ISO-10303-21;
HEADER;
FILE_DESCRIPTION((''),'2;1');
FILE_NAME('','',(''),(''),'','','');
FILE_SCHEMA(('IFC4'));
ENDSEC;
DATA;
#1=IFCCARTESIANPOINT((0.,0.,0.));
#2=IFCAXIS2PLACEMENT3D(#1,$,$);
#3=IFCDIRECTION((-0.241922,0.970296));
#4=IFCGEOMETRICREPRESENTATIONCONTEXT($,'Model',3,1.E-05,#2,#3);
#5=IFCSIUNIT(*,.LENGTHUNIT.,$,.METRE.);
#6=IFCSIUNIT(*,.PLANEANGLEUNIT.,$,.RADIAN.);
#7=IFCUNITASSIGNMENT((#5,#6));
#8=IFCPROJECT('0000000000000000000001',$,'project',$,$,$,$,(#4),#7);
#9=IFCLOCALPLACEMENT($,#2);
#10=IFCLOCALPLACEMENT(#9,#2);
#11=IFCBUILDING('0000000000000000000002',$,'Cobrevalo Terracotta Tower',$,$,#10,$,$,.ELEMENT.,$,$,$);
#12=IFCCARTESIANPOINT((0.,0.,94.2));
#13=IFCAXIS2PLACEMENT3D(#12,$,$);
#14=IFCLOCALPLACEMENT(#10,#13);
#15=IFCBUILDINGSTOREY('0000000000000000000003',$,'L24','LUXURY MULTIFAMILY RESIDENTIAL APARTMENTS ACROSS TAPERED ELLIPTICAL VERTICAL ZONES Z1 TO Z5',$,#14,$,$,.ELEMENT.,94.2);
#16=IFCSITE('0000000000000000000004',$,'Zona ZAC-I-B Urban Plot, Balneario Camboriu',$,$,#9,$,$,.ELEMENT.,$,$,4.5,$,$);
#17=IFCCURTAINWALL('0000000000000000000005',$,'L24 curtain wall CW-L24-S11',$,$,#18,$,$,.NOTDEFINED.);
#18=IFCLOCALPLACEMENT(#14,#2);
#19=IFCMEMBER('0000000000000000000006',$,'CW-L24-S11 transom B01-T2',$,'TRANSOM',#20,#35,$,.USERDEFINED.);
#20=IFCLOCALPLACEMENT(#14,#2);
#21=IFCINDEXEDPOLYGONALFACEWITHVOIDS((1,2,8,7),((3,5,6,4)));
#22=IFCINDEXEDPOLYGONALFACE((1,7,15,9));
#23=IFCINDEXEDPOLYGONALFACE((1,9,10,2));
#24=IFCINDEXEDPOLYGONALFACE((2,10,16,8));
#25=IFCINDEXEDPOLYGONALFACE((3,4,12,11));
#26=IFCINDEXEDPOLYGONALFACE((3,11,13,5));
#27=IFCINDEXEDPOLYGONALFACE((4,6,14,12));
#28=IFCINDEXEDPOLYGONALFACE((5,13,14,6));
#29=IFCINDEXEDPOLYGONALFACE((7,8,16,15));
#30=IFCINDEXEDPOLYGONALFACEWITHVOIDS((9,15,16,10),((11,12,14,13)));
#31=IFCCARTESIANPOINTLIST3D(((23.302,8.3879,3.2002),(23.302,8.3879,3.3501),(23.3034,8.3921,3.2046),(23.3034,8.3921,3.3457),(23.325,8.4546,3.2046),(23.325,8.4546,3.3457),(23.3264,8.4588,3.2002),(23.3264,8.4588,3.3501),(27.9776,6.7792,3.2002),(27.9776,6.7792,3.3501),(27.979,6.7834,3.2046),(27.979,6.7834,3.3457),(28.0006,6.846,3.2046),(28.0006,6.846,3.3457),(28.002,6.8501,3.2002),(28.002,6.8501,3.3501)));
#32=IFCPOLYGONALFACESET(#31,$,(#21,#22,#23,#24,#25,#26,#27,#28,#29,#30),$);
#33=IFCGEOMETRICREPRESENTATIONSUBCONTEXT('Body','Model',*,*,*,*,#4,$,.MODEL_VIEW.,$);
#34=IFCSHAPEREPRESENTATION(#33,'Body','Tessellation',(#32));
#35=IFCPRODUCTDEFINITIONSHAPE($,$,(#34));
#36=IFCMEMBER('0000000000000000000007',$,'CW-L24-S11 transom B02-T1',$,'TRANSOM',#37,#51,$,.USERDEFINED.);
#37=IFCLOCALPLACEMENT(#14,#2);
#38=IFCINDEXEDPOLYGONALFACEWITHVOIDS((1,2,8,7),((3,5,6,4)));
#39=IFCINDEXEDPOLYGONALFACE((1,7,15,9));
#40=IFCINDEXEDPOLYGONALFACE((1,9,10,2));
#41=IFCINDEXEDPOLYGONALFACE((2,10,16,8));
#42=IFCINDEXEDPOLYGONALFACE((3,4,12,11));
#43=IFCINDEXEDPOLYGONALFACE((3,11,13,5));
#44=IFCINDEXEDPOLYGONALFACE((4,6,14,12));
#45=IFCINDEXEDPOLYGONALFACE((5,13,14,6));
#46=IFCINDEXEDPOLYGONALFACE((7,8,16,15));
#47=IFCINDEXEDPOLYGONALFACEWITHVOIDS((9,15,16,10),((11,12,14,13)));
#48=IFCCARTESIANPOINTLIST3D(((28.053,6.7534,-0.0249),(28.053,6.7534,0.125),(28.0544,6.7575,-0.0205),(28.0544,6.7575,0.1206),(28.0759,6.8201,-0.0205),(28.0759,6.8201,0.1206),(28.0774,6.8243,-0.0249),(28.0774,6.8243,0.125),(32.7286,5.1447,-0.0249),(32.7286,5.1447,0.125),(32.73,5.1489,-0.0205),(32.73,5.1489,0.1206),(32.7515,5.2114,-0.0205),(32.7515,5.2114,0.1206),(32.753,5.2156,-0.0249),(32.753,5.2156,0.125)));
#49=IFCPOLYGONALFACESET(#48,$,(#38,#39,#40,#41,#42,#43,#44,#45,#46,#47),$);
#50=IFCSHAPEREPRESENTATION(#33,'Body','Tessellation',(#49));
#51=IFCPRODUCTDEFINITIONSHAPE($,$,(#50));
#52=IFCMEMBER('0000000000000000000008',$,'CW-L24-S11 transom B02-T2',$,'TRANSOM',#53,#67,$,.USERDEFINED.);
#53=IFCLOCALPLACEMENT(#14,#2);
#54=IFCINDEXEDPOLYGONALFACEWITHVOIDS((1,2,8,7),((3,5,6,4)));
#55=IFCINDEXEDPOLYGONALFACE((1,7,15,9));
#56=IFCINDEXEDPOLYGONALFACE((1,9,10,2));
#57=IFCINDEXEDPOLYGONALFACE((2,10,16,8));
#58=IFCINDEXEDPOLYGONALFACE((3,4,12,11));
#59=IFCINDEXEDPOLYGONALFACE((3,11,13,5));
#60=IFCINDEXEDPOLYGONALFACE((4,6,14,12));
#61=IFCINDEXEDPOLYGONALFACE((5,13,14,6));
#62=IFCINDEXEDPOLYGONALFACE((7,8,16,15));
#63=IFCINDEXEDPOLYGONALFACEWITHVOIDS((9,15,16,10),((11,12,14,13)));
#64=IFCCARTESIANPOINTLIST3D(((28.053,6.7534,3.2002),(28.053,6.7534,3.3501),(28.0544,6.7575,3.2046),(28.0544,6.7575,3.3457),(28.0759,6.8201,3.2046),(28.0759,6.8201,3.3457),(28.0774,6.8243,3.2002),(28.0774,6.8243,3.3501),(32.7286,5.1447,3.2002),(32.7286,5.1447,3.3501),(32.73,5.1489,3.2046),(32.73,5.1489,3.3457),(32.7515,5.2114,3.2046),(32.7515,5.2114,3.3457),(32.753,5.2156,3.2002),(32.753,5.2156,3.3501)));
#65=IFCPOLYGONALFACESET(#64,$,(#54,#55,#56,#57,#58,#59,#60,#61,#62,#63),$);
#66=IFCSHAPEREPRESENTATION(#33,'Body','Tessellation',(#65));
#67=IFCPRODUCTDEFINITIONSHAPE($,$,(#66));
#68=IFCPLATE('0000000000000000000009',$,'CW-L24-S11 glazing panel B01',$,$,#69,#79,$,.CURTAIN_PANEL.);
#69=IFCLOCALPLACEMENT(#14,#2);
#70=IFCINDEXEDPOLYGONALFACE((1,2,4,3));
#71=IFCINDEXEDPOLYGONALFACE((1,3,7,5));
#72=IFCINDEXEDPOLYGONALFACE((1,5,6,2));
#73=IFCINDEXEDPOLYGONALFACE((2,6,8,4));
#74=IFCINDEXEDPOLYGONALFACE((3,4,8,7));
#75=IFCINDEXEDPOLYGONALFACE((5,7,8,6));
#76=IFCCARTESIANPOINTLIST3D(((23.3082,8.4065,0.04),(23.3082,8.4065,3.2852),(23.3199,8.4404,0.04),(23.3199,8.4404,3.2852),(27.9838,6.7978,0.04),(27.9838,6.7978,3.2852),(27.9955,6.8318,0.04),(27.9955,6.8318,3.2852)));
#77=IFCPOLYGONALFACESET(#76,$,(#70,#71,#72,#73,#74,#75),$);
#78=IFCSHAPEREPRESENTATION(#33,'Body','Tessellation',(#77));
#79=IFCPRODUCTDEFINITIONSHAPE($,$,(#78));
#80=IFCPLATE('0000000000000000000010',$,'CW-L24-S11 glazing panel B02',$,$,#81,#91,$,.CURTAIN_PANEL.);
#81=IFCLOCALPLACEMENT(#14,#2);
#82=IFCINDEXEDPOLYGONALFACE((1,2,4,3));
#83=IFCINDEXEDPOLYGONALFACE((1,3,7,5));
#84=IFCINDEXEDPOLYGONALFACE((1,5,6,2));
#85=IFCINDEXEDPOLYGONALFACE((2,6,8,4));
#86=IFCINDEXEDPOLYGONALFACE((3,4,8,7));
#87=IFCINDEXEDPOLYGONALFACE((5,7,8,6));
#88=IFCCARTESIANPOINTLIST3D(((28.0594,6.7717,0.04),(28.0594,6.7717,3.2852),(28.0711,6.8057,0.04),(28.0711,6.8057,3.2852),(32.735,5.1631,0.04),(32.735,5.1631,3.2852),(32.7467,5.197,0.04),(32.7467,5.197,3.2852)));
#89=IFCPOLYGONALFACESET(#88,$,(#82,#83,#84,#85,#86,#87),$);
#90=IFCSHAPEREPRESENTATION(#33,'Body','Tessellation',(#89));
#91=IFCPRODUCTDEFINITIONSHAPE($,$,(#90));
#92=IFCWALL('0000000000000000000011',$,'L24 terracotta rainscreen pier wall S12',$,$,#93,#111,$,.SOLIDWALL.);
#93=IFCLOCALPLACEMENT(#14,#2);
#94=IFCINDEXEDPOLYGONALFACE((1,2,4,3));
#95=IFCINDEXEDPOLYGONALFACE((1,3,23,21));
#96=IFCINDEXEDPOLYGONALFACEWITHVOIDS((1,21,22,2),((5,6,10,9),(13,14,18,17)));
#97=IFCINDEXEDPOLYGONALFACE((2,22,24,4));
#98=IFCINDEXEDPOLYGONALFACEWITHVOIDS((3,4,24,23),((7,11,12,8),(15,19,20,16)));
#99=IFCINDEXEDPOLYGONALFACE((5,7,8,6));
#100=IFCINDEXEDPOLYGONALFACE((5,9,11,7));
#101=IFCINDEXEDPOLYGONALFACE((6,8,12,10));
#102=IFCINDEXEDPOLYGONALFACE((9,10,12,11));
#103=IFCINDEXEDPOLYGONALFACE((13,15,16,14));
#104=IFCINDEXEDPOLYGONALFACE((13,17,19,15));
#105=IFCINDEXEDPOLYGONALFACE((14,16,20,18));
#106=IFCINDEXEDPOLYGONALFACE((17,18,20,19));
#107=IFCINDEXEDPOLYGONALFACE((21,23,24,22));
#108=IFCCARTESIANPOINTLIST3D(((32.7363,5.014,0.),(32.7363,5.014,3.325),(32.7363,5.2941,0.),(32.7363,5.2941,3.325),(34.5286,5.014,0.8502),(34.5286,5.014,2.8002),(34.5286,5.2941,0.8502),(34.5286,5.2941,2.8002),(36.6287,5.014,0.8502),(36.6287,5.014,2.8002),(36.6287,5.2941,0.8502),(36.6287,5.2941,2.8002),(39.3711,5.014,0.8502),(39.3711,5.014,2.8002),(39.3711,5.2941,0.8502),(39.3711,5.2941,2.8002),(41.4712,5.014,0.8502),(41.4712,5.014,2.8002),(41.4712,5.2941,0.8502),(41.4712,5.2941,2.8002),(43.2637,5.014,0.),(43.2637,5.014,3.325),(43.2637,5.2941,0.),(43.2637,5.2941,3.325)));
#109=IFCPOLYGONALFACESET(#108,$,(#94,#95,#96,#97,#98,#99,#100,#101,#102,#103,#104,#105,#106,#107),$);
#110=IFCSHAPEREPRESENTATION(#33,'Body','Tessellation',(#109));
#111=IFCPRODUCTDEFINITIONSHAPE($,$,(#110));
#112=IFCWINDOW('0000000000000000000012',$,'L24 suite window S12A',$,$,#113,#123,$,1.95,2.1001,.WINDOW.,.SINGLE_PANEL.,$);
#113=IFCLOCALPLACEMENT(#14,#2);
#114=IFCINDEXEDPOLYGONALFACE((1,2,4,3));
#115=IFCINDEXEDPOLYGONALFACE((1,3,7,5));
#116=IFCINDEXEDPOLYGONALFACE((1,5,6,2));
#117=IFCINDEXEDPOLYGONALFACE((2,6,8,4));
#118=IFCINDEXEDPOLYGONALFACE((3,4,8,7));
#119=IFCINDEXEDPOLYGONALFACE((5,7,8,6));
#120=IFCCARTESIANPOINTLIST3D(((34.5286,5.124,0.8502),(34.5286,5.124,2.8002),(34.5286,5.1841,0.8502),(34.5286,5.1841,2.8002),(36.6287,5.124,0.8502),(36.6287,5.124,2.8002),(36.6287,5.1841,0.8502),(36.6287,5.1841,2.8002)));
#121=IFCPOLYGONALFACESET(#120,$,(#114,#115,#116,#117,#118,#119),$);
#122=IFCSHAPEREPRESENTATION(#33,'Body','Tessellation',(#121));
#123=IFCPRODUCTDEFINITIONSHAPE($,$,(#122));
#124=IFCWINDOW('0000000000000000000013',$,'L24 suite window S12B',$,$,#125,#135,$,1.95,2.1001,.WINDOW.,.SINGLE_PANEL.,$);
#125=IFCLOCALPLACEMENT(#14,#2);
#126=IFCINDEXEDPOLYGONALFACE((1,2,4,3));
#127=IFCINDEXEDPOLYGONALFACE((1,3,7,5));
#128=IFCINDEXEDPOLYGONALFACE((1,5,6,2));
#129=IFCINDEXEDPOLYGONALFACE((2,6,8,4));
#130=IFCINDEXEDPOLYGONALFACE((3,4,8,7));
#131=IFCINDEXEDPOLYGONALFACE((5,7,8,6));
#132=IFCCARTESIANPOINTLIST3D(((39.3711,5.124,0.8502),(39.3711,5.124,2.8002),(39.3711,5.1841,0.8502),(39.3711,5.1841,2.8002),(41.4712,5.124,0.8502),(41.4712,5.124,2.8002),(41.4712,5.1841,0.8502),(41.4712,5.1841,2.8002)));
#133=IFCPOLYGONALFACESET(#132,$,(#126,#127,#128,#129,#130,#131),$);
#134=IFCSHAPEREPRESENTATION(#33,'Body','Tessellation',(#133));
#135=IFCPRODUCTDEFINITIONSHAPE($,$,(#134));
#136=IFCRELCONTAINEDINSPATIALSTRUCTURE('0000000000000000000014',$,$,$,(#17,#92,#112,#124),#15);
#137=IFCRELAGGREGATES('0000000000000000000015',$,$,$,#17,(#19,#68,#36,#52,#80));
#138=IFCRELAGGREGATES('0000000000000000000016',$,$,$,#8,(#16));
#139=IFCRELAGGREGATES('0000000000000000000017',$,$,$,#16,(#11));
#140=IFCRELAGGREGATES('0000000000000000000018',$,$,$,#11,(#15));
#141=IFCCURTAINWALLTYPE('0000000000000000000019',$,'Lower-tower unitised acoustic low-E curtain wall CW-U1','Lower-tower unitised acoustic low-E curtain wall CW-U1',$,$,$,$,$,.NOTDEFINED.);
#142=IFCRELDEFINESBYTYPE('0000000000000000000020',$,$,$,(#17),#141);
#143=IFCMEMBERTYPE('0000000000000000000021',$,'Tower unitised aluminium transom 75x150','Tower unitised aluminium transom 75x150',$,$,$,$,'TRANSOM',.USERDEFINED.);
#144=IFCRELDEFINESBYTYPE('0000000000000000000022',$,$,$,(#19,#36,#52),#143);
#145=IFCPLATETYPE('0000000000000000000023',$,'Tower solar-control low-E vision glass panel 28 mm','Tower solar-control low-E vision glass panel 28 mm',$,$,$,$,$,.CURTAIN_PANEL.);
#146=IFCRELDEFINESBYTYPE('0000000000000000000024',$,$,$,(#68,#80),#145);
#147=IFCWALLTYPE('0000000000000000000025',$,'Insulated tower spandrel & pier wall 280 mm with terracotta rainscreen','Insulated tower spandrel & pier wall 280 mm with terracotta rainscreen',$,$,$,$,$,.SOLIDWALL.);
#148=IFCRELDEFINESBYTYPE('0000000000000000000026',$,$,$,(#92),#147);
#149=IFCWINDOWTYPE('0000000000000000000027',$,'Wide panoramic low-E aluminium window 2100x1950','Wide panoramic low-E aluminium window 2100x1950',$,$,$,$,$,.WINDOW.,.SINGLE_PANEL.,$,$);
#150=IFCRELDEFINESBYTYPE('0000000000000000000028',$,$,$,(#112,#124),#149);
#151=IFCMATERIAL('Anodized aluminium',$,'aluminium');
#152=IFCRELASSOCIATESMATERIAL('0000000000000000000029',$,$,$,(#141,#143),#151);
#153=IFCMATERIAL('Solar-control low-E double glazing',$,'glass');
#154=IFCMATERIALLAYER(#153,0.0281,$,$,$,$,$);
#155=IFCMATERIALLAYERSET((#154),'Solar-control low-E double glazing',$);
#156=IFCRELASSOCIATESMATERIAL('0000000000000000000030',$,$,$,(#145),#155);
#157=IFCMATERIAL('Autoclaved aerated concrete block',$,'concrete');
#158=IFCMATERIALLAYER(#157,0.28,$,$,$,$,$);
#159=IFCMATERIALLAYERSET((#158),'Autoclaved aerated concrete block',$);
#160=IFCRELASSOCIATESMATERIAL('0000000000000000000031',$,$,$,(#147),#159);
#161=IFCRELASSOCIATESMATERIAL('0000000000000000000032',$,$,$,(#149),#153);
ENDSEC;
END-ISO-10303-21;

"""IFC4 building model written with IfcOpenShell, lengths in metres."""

from ifc_helpers import new_model, si_unit, direction, frame, frame_2d, origin, origin_2d, place, context, subcontext, project, spatial, rectangle, hollow_rectangle, extrude, source, transform, mapped, material, layer, layer_set, material_profile, profile_set, type_object, element, fill, aggregate, save


model = new_model("IFC4")

# Units and contexts
model_context = context("Model", 3, precision=1e-05, world=origin(), true_north=direction((-0.241922, 0.970296)))
body_context = subcontext(model_context, "Body", "Model", "MODEL_VIEW")
ifc_project = project(units=[si_unit("LENGTHUNIT", "METRE"), si_unit("PLANEANGLEUNIT", "RADIAN")], contexts=[model_context])

# Site, building, storey
site_placement = place(None, origin())
site = spatial("IfcSite", under=ifc_project, at=site_placement, Name="Zona ZAC-I-B Urban Plot, Balneario Camboriu", CompositionType="ELEMENT", RefElevation=4.5)
building_placement = place(site_placement, origin())
building = spatial("IfcBuilding", under=site, at=building_placement, Name="Cobrevalo Terracotta Tower", CompositionType="ELEMENT")
storey_placement = place(building_placement, frame((0.0, 0.0, 94.2)))
storey = spatial("IfcBuildingStorey", under=building, at=storey_placement, Name="L24", Description="LUXURY MULTIFAMILY RESIDENTIAL APARTMENTS ACROSS TAPERED ELLIPTICAL VERTICAL ZONES Z1 TO Z5", CompositionType="ELEMENT", Elevation=94.2)

# Curtain wall, members, plates
ifc_material_1 = material(Name="Anodized aluminium", Category="aluminium")
curtain_wall_type = type_object("IfcCurtainWallType", Name="Lower-tower unitised acoustic low-E curtain wall CW-U1", Description="Lower-tower unitised acoustic low-E curtain wall CW-U1", PredefinedType="NOTDEFINED", material=ifc_material_1)
curtain_wall_placement = place(storey_placement, origin())
curtain_wall = element("IfcCurtainWall", 1, at=curtain_wall_placement, inside=storey, type_object=curtain_wall_type, Name="L24 curtain wall CW-L24-S11", PredefinedType="NOTDEFINED")
ifc_material_profile_1 = material_profile(ifc_material_1, hollow_rectangle(XDim=0.075, YDim=0.1499, WallThickness=0.0044, at=origin_2d()), Name="CWT 75x150")
ifc_profile_set_1 = profile_set([ifc_material_profile_1], Name="Anodized aluminium")
member_type_1 = type_object("IfcMemberType", Name="Tower unitised aluminium transom 75x150", Description="Tower unitised aluminium transom 75x150", ElementType="TRANSOM", PredefinedType="USERDEFINED", material=ifc_profile_set_1)
shared_shape_1 = source(origin(), body_context, "Body", "SweptSolid", [
    extrude(hollow_rectangle(XDim=0.075, YDim=0.1499, WallThickness=0.0044, at=origin_2d()), origin(), (0.0, 0.0, 1.0), 4.9446),
])
member_1_placement = place(storey_placement, frame((23.3142, 8.4233, 3.2751), z_axis=(0.945598, -0.325338, 0.0), x_axis=(0.325338, 0.945598, 0.0)))
member_1 = element("IfcMember", 2, at=member_1_placement, type_object=member_type_1, Name="CW-L24-S11 transom B01-T2", ObjectType="TRANSOM", PredefinedType="USERDEFINED", context=body_context, shape_type="MappedRepresentation", body=[
    mapped(shared_shape_1, transform((0.0, 0.0, 0.0), scale=1.0)),
])
member_2_placement = place(storey_placement, frame((28.0652, 6.7888, 0.05), z_axis=(0.945598, -0.325338, 0.0), x_axis=(0.325338, 0.945598, 0.0)))
member_2 = element("IfcMember", 3, at=member_2_placement, type_object=member_type_1, Name="CW-L24-S11 transom B02-T1", ObjectType="TRANSOM", PredefinedType="USERDEFINED", context=body_context, shape_type="MappedRepresentation", body=[
    mapped(shared_shape_1, transform((0.0, 0.0, 0.0), scale=1.0)),
])
member_3_placement = place(storey_placement, frame((28.0652, 6.7888, 3.2751), z_axis=(0.945598, -0.325338, 0.0), x_axis=(0.325338, 0.945598, 0.0)))
member_3 = element("IfcMember", 4, at=member_3_placement, type_object=member_type_1, Name="CW-L24-S11 transom B02-T2", ObjectType="TRANSOM", PredefinedType="USERDEFINED", context=body_context, shape_type="MappedRepresentation", body=[
    mapped(shared_shape_1, transform((0.0, 0.0, 0.0), scale=1.0)),
])
ifc_material_2 = material(Name="Solar-control low-E double glazing", Category="glass")
ifc_layer_1 = layer(ifc_material_2, 0.0281)
ifc_layer_set_1 = layer_set([ifc_layer_1], Name="Solar-control low-E double glazing")
plate_type = type_object("IfcPlateType", Name="Tower solar-control low-E vision glass panel 28 mm", Description="Tower solar-control low-E vision glass panel 28 mm", PredefinedType="CURTAIN_PANEL", material=ifc_layer_set_1)
shared_shape_2 = source(origin(), body_context, "Body", "SweptSolid", [
    extrude(rectangle(XDim=4.9446, YDim=0.0359, at=origin_2d()), origin(), (0.0, 0.0, 1.0), 3.2451),
])
plate_1_placement = place(storey_placement, frame((25.6519, 7.6191, 0.04), z_axis=(0.0, 0.0, 1.0), x_axis=(0.945596, -0.325342, 0.0)))
plate_1 = element("IfcPlate", 5, at=plate_1_placement, type_object=plate_type, Name="CW-L24-S11 glazing panel B01", PredefinedType="CURTAIN_PANEL", context=body_context, shape_type="MappedRepresentation", body=[
    mapped(shared_shape_2, transform((0.0, 0.0, 0.0), scale=1.0)),
])
plate_2_placement = place(storey_placement, frame((30.4031, 5.9844, 0.04), z_axis=(0.0, 0.0, 1.0), x_axis=(0.945596, -0.325342, 0.0)))
plate_2 = element("IfcPlate", 6, at=plate_2_placement, type_object=plate_type, Name="CW-L24-S11 glazing panel B02", PredefinedType="CURTAIN_PANEL", context=body_context, shape_type="MappedRepresentation", body=[
    mapped(shared_shape_2, transform((0.0, 0.0, 0.0), scale=1.0)),
])
aggregate(curtain_wall, [member_1, plate_1, member_2, member_3, plate_2])

# Wall, openings, windows
ifc_material_3 = material(Name="Autoclaved aerated concrete block", Category="concrete")
ifc_layer_2 = layer(ifc_material_3, 0.28)
ifc_layer_set_2 = layer_set([ifc_layer_2], Name="Autoclaved aerated concrete block")
wall_type_1 = type_object("IfcWallType", Name="Insulated tower spandrel & pier wall 280 mm with terracotta rainscreen", Description="Insulated tower spandrel & pier wall 280 mm with terracotta rainscreen", PredefinedType="SOLIDWALL", material=ifc_layer_set_2)
wall_1_placement = place(storey_placement, frame((32.7363, 5.1541, 0.0), z_axis=(0.0, 0.0, 1.0), x_axis=(1.0, 0.0, 0.0)))
wall_1 = element("IfcWall", 7, at=wall_1_placement, inside=storey, type_object=wall_type_1, Name="L24 terracotta rainscreen pier wall S12", PredefinedType="SOLIDWALL", context=body_context, shape_type="SweptSolid", body=[
    extrude(rectangle(XDim=10.5273, YDim=0.28, at=frame_2d((5.2637, 0.0))), origin(), (0.0, 0.0, 1.0), 3.325),
])
opening_1_placement = place(wall_1_placement, frame((1.7922, 0.0, 0.8501)))
opening_1 = element("IfcOpeningElement", 8, at=opening_1_placement, cuts=wall_1, PredefinedType="OPENING", context=body_context, shape_type="SweptSolid", body=[
    extrude(rectangle(XDim=2.1001, YDim=1.95, at=frame_2d((1.05, 0.9751))), frame((0.0, 0.1499, 0.0), z_axis=(0.0, -1.0, 0.0), x_axis=(1.0, 0.0, 0.0)), (0.0, 0.0, 1.0), 0.3),
])
opening_2_placement = place(wall_1_placement, frame((6.6348, 0.0, 0.8501)))
opening_2 = element("IfcOpeningElement", 9, at=opening_2_placement, cuts=wall_1, PredefinedType="OPENING", context=body_context, shape_type="SweptSolid", body=[
    extrude(rectangle(XDim=2.1001, YDim=1.95, at=frame_2d((1.05, 0.9751))), frame((0.0, 0.1499, 0.0), z_axis=(0.0, -1.0, 0.0), x_axis=(1.0, 0.0, 0.0)), (0.0, 0.0, 1.0), 0.3),
])
window_type = type_object("IfcWindowType", Name="Wide panoramic low-E aluminium window 2100x1950", Description="Wide panoramic low-E aluminium window 2100x1950", PartitioningType="SINGLE_PANEL", PredefinedType="WINDOW", material=ifc_material_2)
shared_shape_3 = source(origin(), body_context, "Body", "SweptSolid", [
    extrude(rectangle(XDim=2.1001, YDim=1.95, at=frame_2d((1.05, 0.9751))), frame((0.0, 0.03, 0.0), z_axis=(0.0, -1.0, 0.0), x_axis=(1.0, 0.0, 0.0)), (0.0, 0.0, 1.0), 0.0601),
])
window_1_placement = place(opening_1_placement, origin())
window_1 = element("IfcWindow", 10, at=window_1_placement, inside=storey, type_object=window_type, Name="L24 suite window S12A", OverallHeight=1.95, OverallWidth=2.1001, PartitioningType="SINGLE_PANEL", PredefinedType="WINDOW", context=body_context, shape_type="MappedRepresentation", body=[
    mapped(shared_shape_3, transform((0.0, 0.0, 0.0), scale=1.0)),
])
fill(opening_1, window_1)
window_2_placement = place(opening_2_placement, origin())
window_2 = element("IfcWindow", 11, at=window_2_placement, inside=storey, type_object=window_type, Name="L24 suite window S12B", OverallHeight=1.95, OverallWidth=2.1001, PartitioningType="SINGLE_PANEL", PredefinedType="WINDOW", context=body_context, shape_type="MappedRepresentation", body=[
    mapped(shared_shape_3, transform((0.0, 0.0, 0.0), scale=1.0)),
])
fill(opening_2, window_2)

save(model, "model.ifc")
